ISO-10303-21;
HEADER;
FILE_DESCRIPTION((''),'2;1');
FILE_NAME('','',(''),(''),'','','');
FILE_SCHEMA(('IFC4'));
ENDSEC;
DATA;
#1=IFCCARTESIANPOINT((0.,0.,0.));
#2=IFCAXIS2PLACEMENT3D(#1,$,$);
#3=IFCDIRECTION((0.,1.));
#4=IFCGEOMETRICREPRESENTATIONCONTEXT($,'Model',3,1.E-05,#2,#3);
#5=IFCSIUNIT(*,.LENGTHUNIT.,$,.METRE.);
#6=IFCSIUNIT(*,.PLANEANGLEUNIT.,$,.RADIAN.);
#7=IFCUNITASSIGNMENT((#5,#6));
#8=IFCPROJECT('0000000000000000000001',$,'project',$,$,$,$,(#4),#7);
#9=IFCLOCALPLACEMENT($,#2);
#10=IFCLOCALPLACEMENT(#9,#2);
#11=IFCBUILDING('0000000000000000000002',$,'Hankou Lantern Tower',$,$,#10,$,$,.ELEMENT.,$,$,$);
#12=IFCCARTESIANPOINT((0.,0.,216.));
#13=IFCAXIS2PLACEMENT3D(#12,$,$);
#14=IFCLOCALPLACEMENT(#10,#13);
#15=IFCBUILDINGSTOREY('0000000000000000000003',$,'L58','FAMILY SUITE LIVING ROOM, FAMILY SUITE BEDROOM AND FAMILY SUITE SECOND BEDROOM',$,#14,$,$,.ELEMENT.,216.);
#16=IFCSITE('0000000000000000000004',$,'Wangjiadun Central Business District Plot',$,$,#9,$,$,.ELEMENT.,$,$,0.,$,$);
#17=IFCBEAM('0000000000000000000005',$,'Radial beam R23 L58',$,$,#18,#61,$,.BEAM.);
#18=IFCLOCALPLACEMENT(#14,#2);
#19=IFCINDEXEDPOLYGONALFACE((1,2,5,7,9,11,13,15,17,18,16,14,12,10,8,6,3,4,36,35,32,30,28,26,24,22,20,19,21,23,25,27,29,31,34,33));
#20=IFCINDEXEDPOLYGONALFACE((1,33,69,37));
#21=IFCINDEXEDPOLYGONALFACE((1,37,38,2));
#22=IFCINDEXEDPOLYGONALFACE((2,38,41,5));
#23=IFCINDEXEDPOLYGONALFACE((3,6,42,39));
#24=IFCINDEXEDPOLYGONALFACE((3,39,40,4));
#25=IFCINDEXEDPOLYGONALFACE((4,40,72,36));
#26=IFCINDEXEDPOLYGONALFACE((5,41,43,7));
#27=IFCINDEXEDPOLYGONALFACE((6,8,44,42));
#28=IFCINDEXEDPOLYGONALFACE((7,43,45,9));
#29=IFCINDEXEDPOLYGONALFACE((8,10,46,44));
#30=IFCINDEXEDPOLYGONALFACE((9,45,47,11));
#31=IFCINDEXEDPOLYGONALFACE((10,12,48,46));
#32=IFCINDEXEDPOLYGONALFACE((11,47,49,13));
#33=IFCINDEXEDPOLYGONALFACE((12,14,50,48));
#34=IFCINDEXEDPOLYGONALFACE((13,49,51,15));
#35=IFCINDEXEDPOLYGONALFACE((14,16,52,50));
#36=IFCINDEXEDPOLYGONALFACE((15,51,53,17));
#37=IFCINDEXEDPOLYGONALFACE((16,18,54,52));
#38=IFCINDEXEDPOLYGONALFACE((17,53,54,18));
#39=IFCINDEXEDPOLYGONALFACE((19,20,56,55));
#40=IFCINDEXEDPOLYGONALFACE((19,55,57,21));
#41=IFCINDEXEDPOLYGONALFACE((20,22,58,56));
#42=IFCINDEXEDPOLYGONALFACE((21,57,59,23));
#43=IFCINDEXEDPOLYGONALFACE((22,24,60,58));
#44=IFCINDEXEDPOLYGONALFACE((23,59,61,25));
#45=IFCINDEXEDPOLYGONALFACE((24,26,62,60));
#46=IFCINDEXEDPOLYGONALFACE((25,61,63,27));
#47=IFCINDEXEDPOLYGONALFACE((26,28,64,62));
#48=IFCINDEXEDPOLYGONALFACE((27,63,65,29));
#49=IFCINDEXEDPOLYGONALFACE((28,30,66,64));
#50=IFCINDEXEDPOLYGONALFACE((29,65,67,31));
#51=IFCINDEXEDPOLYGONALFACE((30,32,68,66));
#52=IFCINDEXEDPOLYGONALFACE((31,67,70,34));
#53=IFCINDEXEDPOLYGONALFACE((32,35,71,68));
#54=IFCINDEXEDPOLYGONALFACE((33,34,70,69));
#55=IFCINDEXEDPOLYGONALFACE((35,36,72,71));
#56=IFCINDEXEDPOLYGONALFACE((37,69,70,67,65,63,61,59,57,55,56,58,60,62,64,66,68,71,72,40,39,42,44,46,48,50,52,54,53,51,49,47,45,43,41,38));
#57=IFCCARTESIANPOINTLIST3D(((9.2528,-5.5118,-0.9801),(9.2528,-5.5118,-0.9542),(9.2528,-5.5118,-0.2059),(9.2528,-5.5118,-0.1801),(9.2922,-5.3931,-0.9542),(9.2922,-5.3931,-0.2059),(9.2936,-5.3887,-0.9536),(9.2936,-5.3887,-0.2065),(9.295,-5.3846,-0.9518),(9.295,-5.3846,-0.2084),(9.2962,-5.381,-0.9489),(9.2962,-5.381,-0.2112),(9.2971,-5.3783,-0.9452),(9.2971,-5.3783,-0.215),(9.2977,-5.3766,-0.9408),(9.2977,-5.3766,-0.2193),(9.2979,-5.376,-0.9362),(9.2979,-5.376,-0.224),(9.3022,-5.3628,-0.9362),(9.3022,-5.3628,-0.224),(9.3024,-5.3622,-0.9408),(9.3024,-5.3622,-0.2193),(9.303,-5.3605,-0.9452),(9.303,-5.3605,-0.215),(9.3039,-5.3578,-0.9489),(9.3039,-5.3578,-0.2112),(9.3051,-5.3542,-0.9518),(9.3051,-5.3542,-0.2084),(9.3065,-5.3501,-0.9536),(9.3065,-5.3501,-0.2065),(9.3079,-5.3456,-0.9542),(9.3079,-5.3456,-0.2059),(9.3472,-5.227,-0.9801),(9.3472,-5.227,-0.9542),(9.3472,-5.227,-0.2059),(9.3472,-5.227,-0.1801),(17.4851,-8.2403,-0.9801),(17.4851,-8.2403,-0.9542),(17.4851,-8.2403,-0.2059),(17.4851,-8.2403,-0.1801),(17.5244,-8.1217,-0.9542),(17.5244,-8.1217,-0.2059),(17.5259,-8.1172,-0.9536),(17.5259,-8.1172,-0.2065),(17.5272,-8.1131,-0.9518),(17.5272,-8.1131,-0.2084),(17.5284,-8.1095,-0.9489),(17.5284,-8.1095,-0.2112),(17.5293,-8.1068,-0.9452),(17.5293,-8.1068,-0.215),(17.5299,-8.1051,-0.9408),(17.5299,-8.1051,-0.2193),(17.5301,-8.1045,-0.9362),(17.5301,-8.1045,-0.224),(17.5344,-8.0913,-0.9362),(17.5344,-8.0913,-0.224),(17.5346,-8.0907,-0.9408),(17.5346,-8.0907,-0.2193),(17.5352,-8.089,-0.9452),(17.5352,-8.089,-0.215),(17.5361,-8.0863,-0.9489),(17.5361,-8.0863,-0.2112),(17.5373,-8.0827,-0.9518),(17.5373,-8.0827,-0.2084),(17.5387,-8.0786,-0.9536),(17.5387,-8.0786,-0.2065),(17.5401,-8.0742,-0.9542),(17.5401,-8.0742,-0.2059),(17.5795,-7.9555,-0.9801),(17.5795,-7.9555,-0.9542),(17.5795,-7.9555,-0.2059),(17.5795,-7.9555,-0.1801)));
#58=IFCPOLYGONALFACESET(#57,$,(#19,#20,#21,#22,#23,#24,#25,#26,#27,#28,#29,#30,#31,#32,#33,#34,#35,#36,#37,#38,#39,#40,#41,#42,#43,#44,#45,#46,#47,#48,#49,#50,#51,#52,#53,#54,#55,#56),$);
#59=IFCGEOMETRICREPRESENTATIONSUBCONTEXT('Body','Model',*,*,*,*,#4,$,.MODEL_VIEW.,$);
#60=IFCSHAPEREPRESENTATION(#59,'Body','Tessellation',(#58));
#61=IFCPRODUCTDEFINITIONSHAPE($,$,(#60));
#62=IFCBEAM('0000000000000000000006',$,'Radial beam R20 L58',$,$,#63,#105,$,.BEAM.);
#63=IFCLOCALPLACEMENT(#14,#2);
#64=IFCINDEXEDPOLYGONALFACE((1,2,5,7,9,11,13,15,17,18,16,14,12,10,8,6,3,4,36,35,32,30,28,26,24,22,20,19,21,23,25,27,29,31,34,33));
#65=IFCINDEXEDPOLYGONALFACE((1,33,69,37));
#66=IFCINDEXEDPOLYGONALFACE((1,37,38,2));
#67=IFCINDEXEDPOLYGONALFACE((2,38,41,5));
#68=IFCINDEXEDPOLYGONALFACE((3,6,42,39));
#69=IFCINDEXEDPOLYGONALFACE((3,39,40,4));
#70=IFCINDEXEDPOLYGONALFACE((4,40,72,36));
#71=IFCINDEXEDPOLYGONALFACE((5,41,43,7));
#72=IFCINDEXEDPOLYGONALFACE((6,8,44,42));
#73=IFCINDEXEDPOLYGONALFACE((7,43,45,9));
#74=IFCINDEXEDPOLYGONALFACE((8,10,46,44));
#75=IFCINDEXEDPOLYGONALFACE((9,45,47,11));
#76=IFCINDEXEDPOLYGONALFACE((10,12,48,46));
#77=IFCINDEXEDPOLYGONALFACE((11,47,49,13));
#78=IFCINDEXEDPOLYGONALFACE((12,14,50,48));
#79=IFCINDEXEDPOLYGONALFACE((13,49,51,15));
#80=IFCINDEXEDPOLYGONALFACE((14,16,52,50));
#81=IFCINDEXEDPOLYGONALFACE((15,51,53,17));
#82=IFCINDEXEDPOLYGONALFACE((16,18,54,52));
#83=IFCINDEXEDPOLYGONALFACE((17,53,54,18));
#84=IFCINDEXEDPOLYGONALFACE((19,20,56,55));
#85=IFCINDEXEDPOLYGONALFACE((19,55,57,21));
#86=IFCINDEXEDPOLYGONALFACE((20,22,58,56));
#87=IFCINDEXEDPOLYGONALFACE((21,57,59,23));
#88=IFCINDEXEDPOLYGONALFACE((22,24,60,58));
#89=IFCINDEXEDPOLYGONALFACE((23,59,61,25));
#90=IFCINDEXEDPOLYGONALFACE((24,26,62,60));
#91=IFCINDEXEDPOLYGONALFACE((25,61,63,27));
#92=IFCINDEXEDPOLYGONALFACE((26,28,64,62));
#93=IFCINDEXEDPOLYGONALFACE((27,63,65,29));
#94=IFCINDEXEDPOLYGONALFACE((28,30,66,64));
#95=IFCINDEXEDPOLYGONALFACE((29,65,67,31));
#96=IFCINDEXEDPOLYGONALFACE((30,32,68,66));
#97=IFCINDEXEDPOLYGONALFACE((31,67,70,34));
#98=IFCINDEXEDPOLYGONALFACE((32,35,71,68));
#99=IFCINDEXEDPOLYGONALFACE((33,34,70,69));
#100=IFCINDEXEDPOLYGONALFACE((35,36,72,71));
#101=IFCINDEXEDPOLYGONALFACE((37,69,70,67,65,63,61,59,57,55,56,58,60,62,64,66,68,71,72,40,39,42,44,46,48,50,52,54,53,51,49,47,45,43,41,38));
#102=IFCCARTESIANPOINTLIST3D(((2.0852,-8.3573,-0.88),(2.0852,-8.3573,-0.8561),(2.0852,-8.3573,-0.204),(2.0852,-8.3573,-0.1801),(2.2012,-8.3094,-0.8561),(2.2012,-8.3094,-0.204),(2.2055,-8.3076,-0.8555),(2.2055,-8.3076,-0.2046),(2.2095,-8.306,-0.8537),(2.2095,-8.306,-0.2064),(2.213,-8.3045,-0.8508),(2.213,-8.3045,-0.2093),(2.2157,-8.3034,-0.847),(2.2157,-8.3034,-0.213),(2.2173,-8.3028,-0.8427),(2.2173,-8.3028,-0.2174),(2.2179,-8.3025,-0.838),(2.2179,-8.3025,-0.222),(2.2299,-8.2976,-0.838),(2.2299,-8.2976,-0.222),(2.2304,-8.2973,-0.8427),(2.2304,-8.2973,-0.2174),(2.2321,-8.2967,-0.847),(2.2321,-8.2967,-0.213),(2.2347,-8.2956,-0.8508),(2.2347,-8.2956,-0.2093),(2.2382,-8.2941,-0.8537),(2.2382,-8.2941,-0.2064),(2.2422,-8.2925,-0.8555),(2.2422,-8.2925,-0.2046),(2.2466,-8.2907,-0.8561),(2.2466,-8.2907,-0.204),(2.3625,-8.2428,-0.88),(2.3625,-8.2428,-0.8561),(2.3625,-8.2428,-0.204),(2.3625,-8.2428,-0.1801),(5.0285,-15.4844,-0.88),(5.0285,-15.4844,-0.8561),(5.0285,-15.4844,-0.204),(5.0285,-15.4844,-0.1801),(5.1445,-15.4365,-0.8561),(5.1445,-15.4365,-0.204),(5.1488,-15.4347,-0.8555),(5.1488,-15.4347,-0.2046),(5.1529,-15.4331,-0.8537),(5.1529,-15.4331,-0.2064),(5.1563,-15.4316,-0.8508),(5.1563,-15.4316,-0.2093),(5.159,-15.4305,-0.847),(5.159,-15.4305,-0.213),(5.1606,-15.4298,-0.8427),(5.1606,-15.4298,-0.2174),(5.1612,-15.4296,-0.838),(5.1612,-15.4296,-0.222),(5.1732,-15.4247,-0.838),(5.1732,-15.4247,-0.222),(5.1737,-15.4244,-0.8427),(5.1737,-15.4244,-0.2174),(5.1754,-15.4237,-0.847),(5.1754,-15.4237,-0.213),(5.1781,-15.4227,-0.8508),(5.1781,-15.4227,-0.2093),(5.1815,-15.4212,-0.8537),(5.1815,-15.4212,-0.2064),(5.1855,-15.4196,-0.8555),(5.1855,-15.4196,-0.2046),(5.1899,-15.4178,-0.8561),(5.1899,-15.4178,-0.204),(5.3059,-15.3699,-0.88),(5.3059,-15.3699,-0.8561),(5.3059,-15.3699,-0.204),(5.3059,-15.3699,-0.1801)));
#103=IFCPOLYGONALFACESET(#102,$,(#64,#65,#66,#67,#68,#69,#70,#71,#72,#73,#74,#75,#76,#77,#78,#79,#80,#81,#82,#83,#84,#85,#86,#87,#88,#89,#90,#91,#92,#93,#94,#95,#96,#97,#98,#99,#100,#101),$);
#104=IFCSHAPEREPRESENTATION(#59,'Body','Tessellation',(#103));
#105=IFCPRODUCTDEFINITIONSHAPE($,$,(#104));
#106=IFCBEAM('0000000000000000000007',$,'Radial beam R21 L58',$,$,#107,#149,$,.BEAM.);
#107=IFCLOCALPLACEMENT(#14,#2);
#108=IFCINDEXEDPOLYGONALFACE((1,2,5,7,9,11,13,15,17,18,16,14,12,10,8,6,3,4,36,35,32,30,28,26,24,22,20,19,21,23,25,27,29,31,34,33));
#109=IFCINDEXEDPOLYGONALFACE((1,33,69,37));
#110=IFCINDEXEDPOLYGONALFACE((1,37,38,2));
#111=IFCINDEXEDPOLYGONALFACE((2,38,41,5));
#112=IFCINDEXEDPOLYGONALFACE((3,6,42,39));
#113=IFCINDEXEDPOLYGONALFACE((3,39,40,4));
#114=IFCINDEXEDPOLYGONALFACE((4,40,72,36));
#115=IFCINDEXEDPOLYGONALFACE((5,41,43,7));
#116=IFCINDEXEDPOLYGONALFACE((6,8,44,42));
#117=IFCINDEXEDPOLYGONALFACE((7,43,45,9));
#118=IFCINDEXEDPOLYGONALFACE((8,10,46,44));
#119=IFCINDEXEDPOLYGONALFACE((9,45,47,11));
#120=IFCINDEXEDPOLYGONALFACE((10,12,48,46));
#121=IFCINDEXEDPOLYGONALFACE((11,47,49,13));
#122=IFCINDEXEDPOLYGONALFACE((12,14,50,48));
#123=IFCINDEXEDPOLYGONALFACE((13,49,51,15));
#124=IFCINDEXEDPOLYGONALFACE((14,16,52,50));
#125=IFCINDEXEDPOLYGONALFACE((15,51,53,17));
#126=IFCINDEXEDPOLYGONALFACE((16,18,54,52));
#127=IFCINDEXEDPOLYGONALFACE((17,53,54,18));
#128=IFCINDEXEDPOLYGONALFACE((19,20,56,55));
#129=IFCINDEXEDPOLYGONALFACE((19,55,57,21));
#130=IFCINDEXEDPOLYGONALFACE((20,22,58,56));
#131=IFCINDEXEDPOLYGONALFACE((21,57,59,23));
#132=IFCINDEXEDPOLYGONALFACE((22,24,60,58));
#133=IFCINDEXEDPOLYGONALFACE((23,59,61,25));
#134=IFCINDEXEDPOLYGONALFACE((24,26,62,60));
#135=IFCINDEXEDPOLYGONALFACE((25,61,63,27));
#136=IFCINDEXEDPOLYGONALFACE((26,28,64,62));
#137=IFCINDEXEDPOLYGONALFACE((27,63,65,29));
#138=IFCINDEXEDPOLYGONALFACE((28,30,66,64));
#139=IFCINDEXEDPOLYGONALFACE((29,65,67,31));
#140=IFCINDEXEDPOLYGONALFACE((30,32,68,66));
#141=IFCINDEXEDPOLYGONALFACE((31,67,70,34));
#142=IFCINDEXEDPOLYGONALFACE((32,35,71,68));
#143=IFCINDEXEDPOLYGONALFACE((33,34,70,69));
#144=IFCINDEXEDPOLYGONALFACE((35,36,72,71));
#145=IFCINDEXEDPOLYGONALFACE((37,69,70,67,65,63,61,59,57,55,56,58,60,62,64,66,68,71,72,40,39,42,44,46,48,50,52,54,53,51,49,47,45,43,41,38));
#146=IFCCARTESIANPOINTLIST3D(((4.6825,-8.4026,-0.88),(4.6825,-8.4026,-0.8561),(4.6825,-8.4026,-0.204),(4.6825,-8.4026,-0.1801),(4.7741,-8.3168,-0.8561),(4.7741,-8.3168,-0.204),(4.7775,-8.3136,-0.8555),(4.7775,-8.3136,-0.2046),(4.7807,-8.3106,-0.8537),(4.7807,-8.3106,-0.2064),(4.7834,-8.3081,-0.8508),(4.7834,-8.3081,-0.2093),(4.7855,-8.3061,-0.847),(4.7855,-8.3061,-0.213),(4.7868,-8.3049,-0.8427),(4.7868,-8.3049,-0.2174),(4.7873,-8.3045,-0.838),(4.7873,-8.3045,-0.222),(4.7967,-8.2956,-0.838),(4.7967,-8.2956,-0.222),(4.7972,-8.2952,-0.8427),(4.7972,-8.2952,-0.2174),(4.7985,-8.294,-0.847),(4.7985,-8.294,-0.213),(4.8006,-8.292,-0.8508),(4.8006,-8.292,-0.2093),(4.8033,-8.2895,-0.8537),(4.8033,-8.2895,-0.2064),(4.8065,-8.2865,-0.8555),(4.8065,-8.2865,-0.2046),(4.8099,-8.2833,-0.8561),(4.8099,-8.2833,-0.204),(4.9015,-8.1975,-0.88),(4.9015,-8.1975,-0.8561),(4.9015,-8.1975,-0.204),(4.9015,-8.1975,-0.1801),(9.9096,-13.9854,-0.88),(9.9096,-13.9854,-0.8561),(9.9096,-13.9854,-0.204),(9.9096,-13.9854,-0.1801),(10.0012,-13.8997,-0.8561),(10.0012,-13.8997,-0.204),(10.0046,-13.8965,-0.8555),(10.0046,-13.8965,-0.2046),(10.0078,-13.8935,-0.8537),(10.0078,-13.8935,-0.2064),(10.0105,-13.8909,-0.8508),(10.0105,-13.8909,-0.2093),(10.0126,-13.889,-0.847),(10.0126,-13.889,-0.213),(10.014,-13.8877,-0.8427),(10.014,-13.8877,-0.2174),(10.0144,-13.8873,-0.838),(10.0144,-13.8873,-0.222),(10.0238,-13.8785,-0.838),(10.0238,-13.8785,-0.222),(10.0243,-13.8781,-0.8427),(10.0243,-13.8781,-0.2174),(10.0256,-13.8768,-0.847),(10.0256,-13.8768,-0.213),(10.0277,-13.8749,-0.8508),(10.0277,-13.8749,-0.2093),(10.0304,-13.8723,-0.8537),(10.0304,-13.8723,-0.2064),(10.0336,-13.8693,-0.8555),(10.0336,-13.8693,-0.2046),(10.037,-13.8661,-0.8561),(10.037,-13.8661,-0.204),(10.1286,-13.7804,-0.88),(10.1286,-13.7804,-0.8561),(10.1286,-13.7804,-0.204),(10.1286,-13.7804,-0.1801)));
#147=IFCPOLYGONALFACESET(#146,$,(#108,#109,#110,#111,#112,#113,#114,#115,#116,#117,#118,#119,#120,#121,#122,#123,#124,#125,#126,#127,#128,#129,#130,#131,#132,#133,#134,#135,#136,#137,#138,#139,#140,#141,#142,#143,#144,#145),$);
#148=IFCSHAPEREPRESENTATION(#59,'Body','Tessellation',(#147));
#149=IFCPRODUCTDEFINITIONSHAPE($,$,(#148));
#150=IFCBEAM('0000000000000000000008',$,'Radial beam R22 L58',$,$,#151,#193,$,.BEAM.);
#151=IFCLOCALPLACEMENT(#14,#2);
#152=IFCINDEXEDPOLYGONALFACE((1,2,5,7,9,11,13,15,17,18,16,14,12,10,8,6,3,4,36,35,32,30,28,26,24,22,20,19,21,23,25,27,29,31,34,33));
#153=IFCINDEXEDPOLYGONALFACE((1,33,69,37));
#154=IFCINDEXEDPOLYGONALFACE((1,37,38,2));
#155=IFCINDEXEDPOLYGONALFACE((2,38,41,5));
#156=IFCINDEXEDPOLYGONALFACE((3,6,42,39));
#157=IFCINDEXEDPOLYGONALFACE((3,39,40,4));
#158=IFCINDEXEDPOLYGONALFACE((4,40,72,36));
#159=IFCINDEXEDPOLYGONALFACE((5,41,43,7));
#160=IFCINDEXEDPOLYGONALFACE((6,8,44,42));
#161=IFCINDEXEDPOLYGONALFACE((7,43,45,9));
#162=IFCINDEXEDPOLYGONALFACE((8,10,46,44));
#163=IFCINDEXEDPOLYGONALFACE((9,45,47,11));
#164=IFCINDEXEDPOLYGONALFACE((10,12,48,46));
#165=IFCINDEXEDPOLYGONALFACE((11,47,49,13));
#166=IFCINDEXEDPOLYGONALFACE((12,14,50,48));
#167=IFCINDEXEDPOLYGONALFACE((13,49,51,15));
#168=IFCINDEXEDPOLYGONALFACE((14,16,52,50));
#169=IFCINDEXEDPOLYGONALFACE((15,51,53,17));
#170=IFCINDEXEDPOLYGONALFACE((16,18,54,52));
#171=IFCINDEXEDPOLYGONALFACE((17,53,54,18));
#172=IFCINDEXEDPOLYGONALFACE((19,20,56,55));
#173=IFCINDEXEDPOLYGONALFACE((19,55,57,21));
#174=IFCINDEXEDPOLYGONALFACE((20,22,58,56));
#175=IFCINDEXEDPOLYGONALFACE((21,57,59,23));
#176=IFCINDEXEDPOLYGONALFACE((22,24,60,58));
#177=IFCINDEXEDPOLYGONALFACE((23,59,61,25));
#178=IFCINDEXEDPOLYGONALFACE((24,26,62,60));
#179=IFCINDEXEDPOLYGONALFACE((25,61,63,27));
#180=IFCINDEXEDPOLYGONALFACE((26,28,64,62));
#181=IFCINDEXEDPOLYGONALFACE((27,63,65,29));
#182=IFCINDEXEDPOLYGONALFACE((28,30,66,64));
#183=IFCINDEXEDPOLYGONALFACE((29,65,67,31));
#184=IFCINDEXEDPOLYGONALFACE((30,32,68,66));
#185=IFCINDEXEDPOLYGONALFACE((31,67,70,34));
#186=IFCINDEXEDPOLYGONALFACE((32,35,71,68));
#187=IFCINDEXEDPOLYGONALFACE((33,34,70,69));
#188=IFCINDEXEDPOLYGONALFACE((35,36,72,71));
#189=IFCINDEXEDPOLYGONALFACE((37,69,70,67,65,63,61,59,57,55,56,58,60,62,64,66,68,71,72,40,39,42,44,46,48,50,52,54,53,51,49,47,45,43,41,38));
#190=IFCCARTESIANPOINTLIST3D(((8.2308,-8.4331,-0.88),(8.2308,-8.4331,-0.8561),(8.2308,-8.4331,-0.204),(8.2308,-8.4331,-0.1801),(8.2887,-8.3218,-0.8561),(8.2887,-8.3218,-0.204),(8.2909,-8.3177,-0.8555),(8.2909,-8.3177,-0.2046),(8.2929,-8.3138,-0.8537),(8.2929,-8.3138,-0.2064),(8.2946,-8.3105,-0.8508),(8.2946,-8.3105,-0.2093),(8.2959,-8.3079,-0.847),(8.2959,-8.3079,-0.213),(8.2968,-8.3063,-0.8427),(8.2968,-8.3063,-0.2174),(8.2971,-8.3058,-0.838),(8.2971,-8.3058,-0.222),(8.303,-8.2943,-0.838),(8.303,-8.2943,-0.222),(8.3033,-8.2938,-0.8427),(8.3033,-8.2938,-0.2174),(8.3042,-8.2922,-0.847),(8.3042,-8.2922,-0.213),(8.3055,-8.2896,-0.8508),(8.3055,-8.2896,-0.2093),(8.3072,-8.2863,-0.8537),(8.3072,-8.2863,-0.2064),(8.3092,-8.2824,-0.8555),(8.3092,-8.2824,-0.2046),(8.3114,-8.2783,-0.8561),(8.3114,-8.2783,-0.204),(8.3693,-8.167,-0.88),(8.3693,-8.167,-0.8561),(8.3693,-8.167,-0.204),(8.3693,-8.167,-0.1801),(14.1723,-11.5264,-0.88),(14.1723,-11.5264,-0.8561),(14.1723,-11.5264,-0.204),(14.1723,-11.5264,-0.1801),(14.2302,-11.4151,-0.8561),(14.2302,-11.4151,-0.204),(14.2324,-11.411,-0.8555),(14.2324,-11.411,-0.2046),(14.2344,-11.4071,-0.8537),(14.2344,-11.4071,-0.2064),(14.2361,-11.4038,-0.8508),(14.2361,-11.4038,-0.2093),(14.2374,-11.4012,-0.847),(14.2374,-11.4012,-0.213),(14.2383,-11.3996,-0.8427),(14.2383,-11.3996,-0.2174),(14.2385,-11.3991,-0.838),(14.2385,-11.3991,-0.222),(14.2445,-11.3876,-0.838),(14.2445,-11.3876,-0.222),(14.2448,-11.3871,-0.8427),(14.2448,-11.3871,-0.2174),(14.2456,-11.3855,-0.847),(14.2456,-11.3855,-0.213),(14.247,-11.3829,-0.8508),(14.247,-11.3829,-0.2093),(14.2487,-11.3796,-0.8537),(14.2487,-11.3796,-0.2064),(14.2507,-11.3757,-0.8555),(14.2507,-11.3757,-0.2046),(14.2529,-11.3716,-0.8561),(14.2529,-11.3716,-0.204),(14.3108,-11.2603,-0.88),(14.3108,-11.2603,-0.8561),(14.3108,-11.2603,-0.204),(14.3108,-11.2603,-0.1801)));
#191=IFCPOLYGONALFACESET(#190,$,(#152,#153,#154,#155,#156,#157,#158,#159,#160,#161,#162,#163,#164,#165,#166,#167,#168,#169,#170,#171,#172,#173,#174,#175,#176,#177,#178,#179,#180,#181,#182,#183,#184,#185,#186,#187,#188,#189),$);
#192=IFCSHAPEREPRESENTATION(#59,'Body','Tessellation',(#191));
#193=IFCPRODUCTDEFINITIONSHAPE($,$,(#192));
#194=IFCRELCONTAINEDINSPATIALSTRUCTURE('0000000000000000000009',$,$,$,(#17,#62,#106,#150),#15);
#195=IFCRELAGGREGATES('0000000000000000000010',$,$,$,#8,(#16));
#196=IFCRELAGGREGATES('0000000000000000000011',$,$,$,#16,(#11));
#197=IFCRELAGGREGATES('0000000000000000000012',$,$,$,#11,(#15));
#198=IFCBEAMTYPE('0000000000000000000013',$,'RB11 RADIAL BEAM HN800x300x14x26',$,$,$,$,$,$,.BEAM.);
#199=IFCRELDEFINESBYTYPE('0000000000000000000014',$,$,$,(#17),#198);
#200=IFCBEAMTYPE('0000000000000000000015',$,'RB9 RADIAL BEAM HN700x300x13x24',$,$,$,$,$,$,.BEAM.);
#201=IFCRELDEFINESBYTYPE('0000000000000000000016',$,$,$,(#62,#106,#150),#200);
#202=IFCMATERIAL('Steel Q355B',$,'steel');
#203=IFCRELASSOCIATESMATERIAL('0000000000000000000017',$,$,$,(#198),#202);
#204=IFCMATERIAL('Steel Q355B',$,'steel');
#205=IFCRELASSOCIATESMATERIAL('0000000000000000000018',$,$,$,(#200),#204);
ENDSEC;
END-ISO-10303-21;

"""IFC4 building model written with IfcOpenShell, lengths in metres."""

from ifc_helpers import new_model, si_unit, direction, frame, origin, origin_2d, place, context, subcontext, project, spatial, i_section, extrude, material, material_profile, profile_set, type_object, element, save


model = new_model("IFC4")

# Units and contexts
model_context = context("Model", 3, precision=1e-05, world=origin(), true_north=direction((0.0, 1.0)))
body_context = subcontext(model_context, "Body", "Model", "MODEL_VIEW")
ifc_project = project(units=[si_unit("LENGTHUNIT", "METRE"), si_unit("PLANEANGLEUNIT", "RADIAN")], contexts=[model_context])

# Site, building, storey
site_placement = place(None, origin())
site = spatial("IfcSite", under=ifc_project, at=site_placement, Name="Wangjiadun Central Business District Plot", CompositionType="ELEMENT", RefElevation=0.0)
building_placement = place(site_placement, origin())
building = spatial("IfcBuilding", under=site, at=building_placement, Name="Hankou Lantern Tower", CompositionType="ELEMENT")
storey_placement = place(building_placement, frame((0.0, 0.0, 216.0)))
storey = spatial("IfcBuildingStorey", under=building, at=storey_placement, Name="L58", Description="FAMILY SUITE LIVING ROOM, FAMILY SUITE BEDROOM AND FAMILY SUITE SECOND BEDROOM", CompositionType="ELEMENT", Elevation=216.0)

# Beams
ifc_material_1 = material(Name="Steel Q355B", Category="steel")
ifc_material_profile_1 = material_profile(ifc_material_1, i_section(OverallWidth=0.3, OverallDepth=0.8, WebThickness=0.0139, FlangeThickness=0.0259, FilletRadius=0.0181, at=origin_2d()), Name="HN800x300x14x26")
ifc_profile_set_1 = profile_set([ifc_material_profile_1], Name="Steel Q355B")
beam_type_1 = type_object("IfcBeamType", Name="RB11 RADIAL BEAM HN800x300x14x26", PredefinedType="BEAM", material=ifc_profile_set_1)
beam_1_placement = place(storey_placement, frame((9.3, -5.3694, -0.5801), z_axis=(0.94922, -0.314614, 0.0), x_axis=(0.314614, 0.94922, 0.0)))
element("IfcBeam", 1, at=beam_1_placement, inside=storey, type_object=beam_type_1, Name="Radial beam R23 L58", PredefinedType="BEAM", context=body_context, shape_type="SweptSolid", body=[
    extrude(i_section(OverallWidth=0.3, OverallDepth=0.8, WebThickness=0.0139, FlangeThickness=0.0259, FilletRadius=0.0181, at=origin_2d()), origin(), (0.0, 0.0, 1.0), 8.6726),
])
ifc_material_2 = material(Name="Steel Q355B", Category="steel")
ifc_material_profile_2 = material_profile(ifc_material_2, i_section(OverallWidth=0.3, OverallDepth=0.7, WebThickness=0.0129, FlangeThickness=0.0239, FilletRadius=0.0181, at=origin_2d()), Name="HN700x300x13x24")
ifc_profile_set_2 = profile_set([ifc_material_profile_2], Name="Steel Q355B")
beam_type_2 = type_object("IfcBeamType", Name="RB9 RADIAL BEAM HN700x300x13x24", PredefinedType="BEAM", material=ifc_profile_set_2)
beam_2_placement = place(storey_placement, frame((2.2239, -8.3, -0.53), z_axis=(0.381707, -0.924284, 0.0), x_axis=(0.924284, 0.381707, 0.0)))
element("IfcBeam", 2, at=beam_2_placement, inside=storey, type_object=beam_type_2, Name="Radial beam R20 L58", PredefinedType="BEAM", context=body_context, shape_type="SweptSolid", body=[
    extrude(i_section(OverallWidth=0.3, OverallDepth=0.7, WebThickness=0.0129, FlangeThickness=0.0239, FilletRadius=0.0181, at=origin_2d()), origin(), (0.0, 0.0, 1.0), 7.7109),
])
beam_3_placement = place(storey_placement, frame((4.792, -8.3, -0.53), z_axis=(0.683468, -0.72998, 0.0), x_axis=(0.72998, 0.683468, 0.0)))
element("IfcBeam", 3, at=beam_3_placement, inside=storey, type_object=beam_type_2, Name="Radial beam R21 L58", PredefinedType="BEAM", context=body_context, shape_type="SweptSolid", body=[
    extrude(i_section(OverallWidth=0.3, OverallDepth=0.7, WebThickness=0.0129, FlangeThickness=0.0239, FilletRadius=0.0181, at=origin_2d()), origin(), (0.0, 0.0, 1.0), 7.6479),
])
beam_4_placement = place(storey_placement, frame((8.3, -8.3, -0.53), z_axis=(0.886989, -0.461791, 0.0), x_axis=(0.461791, 0.886989, 0.0)))
element("IfcBeam", 4, at=beam_4_placement, inside=storey, type_object=beam_type_2, Name="Radial beam R22 L58", PredefinedType="BEAM", context=body_context, shape_type="SweptSolid", body=[
    extrude(i_section(OverallWidth=0.3, OverallDepth=0.7, WebThickness=0.0129, FlangeThickness=0.0239, FilletRadius=0.0181, at=origin_2d()), origin(), (0.0, 0.0, 1.0), 6.6985),
])

save(model, "model.ifc")
